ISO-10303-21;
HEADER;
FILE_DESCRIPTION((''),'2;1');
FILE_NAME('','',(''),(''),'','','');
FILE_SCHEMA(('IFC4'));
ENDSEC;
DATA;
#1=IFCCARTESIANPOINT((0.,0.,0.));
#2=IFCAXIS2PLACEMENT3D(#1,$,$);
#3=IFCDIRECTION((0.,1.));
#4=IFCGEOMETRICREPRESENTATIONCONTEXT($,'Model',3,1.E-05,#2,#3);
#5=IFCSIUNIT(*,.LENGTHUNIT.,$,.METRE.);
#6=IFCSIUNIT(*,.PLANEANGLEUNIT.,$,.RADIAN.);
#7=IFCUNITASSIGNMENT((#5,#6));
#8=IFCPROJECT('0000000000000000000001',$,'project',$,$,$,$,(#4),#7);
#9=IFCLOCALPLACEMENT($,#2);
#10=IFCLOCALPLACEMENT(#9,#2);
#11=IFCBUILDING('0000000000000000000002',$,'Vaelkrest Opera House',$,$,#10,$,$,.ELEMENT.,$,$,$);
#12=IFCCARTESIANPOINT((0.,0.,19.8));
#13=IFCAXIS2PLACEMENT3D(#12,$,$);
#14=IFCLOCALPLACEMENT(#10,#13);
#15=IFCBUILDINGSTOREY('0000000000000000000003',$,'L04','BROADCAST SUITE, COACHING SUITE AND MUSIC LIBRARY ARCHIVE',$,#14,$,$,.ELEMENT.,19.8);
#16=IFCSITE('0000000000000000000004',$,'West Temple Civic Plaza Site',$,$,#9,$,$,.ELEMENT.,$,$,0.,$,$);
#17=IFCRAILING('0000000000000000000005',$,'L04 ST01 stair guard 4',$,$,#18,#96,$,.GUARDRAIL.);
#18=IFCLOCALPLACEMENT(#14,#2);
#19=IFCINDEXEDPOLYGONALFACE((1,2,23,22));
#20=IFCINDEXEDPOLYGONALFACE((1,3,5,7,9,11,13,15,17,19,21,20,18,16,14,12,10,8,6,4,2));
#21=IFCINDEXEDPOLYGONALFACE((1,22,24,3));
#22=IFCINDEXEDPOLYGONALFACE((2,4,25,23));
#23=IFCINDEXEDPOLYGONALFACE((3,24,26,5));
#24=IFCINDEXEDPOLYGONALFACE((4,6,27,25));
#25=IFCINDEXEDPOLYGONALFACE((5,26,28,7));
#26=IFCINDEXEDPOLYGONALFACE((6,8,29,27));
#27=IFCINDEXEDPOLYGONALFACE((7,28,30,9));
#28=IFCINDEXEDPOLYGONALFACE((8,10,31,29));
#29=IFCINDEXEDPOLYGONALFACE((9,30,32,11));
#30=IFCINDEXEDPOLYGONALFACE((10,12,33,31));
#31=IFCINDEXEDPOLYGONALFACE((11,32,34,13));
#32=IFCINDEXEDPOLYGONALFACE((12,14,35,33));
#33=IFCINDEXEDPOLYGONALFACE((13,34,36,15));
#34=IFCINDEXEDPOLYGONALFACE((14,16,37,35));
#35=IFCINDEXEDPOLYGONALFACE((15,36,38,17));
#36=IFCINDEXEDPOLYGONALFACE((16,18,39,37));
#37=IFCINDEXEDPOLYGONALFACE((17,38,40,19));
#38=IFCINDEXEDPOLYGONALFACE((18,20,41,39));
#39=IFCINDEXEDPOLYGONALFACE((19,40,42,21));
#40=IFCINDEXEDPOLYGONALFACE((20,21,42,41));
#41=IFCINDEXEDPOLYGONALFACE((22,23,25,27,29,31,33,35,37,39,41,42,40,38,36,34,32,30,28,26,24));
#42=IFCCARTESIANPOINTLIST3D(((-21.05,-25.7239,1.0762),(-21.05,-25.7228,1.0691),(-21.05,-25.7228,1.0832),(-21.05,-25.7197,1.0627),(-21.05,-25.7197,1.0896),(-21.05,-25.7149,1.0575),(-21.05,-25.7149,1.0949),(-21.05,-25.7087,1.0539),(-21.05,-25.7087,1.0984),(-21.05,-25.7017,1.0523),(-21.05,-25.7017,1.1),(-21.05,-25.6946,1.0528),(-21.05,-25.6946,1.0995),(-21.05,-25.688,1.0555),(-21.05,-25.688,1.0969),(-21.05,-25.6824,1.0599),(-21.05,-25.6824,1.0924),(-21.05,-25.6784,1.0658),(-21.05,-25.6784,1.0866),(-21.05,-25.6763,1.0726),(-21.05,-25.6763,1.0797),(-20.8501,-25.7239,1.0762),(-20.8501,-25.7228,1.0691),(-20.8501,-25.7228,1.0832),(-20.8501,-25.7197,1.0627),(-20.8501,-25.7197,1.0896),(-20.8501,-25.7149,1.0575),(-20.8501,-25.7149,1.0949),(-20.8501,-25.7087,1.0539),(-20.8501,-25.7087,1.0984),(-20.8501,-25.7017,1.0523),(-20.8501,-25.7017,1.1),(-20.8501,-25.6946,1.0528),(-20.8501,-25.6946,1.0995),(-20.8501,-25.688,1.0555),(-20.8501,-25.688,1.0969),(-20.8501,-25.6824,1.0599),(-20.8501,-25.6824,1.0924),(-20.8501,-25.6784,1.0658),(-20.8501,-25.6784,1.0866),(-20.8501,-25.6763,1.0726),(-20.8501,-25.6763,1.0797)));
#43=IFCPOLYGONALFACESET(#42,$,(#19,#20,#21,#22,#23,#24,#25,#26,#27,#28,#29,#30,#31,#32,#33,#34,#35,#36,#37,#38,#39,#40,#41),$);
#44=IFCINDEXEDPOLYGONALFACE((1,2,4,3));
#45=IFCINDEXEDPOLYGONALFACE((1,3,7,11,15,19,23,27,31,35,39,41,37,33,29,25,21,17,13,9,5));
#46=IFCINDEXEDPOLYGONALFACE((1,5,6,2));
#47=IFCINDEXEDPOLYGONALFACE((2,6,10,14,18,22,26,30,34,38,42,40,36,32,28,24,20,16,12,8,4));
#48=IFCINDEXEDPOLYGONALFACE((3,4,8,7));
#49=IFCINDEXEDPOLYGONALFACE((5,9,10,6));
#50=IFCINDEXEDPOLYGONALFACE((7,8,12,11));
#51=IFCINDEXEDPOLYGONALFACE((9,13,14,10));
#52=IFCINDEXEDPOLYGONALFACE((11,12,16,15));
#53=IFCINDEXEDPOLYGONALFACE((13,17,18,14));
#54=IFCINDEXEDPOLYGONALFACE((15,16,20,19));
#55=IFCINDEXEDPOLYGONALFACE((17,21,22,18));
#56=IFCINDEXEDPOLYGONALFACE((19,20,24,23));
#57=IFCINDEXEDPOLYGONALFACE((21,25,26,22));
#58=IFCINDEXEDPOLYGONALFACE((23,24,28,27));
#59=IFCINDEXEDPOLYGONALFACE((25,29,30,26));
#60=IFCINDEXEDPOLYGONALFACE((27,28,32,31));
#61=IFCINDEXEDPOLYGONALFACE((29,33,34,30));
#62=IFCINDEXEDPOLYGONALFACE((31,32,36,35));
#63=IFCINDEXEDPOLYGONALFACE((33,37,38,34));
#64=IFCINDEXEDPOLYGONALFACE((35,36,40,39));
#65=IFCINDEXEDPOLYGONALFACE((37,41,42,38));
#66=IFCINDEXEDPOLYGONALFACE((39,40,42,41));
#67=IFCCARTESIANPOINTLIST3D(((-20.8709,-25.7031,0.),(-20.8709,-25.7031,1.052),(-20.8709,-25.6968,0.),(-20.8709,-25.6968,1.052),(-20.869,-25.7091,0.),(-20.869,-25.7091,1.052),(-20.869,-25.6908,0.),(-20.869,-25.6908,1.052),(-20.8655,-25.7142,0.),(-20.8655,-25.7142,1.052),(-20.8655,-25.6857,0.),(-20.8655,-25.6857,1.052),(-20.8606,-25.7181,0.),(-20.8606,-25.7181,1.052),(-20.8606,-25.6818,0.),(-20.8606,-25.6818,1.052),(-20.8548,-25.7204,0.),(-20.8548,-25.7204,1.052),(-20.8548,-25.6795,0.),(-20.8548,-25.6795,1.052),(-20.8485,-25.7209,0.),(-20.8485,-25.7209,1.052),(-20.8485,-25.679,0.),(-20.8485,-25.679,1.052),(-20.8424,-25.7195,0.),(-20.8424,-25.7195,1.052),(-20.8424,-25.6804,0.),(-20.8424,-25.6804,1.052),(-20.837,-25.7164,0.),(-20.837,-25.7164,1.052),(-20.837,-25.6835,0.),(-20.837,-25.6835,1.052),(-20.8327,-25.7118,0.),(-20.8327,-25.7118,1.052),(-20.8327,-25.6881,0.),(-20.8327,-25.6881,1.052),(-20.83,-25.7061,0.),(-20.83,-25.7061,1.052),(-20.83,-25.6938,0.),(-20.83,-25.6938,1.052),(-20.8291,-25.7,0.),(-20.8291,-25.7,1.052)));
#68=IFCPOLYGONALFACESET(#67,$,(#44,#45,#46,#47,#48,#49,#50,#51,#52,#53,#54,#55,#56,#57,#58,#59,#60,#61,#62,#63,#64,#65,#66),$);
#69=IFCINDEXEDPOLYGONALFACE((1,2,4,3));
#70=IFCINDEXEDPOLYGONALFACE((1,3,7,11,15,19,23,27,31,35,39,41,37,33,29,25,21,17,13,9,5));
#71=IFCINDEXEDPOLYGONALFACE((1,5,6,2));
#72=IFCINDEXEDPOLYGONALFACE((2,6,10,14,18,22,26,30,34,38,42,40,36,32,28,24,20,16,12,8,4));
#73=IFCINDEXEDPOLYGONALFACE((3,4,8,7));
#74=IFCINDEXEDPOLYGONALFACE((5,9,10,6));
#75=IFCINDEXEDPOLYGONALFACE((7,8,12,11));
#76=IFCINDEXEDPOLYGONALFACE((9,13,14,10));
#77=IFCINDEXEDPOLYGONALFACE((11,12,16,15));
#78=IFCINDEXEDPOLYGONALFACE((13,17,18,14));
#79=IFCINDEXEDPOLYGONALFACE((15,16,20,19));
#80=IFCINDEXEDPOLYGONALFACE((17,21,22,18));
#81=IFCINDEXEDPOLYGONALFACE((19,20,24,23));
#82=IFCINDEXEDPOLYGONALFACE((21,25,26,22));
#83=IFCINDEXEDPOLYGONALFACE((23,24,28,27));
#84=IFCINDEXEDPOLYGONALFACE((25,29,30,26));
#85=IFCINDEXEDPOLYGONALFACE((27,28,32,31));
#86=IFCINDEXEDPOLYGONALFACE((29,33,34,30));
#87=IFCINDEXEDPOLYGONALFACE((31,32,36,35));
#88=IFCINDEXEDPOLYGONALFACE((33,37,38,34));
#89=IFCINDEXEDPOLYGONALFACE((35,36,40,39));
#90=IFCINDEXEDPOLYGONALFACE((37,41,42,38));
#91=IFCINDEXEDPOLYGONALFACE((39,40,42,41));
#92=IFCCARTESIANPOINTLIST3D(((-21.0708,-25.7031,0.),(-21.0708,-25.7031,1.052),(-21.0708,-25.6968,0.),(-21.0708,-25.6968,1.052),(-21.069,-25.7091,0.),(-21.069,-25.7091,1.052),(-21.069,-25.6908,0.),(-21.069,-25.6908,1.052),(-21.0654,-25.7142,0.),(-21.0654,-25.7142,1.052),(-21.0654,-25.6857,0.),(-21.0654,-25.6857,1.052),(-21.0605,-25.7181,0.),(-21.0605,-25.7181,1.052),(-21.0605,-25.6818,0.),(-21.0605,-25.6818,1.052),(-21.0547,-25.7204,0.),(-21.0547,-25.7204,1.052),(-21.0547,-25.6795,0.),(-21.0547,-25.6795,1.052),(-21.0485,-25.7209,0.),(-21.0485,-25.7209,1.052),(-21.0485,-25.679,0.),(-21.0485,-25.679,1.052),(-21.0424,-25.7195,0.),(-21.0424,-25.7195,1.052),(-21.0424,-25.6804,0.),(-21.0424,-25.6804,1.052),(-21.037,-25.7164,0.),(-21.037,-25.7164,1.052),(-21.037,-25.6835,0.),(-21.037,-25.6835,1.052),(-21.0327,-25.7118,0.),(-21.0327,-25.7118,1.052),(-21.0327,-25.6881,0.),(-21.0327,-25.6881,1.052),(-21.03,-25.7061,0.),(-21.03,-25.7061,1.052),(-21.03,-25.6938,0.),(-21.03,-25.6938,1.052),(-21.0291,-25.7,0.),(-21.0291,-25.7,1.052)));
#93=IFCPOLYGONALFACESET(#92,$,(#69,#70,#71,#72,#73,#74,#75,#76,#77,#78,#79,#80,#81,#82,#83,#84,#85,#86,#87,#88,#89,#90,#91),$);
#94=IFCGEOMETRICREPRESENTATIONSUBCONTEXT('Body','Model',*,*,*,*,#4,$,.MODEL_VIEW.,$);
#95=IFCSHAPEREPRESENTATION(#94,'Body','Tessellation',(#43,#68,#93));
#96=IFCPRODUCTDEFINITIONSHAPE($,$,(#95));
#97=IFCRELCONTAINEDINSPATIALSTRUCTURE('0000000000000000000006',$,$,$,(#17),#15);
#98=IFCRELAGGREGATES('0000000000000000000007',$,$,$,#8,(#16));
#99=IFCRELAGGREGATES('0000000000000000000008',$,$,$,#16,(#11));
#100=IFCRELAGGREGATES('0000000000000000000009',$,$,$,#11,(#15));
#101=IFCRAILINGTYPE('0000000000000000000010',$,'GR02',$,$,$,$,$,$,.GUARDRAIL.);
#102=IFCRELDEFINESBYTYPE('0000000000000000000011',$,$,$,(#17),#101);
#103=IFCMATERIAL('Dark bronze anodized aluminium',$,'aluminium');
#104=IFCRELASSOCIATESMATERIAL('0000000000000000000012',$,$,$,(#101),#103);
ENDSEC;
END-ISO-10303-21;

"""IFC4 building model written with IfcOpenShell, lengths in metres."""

from ifc_helpers import new_model, si_unit, direction, frame, origin, origin_2d, place, context, subcontext, project, spatial, circle, extrude, material, type_object, element, save


model = new_model("IFC4")

# Units and contexts
model_context = context("Model", 3, precision=1e-05, world=origin(), true_north=direction((0.0, 1.0)))
body_context = subcontext(model_context, "Body", "Model", "MODEL_VIEW")
ifc_project = project(units=[si_unit("LENGTHUNIT", "METRE"), si_unit("PLANEANGLEUNIT", "RADIAN")], contexts=[model_context])

# Site, building, storey
site_placement = place(None, origin())
site = spatial("IfcSite", under=ifc_project, at=site_placement, Name="West Temple Civic Plaza Site", CompositionType="ELEMENT", RefElevation=0.0)
building_placement = place(site_placement, origin())
building = spatial("IfcBuilding", under=site, at=building_placement, Name="Vaelkrest Opera House", CompositionType="ELEMENT")
storey_placement = place(building_placement, frame((0.0, 0.0, 19.8)))
storey = spatial("IfcBuildingStorey", under=building, at=storey_placement, Name="L04", Description="BROADCAST SUITE, COACHING SUITE AND MUSIC LIBRARY ARCHIVE", CompositionType="ELEMENT", Elevation=19.8)

# Shared definitions
ifc_material_1 = material(Name="Dark bronze anodized aluminium", Category="aluminium")

# Railing
railing_type_1 = type_object("IfcRailingType", Name="GR02", PredefinedType="GUARDRAIL", material=ifc_material_1)
railing_1_placement = place(storey_placement, frame((-20.8501, -25.7, 0.0)))
element("IfcRailing", 1, at=railing_1_placement, inside=storey, type_object=railing_type_1, Name="L04 ST01 stair guard 4", PredefinedType="GUARDRAIL", context=body_context, shape_type="SweptSolid", body=[
    extrude(circle(Radius=0.0239, at=origin_2d()), frame((0.0, 0.0, 1.0762), z_axis=(-1.0, 0.0, 0.0), x_axis=(0.0, -1.0, 0.0)), (0.0, 0.0, 1.0), 0.2),
    extrude(circle(Radius=0.021, at=origin_2d()), origin(), (0.0, 0.0, 1.0), 1.052),
    extrude(circle(Radius=0.021, at=origin_2d()), frame((-0.2, 0.0, 0.0)), (0.0, 0.0, 1.0), 1.052),
])

save(model, "model.ifc")
